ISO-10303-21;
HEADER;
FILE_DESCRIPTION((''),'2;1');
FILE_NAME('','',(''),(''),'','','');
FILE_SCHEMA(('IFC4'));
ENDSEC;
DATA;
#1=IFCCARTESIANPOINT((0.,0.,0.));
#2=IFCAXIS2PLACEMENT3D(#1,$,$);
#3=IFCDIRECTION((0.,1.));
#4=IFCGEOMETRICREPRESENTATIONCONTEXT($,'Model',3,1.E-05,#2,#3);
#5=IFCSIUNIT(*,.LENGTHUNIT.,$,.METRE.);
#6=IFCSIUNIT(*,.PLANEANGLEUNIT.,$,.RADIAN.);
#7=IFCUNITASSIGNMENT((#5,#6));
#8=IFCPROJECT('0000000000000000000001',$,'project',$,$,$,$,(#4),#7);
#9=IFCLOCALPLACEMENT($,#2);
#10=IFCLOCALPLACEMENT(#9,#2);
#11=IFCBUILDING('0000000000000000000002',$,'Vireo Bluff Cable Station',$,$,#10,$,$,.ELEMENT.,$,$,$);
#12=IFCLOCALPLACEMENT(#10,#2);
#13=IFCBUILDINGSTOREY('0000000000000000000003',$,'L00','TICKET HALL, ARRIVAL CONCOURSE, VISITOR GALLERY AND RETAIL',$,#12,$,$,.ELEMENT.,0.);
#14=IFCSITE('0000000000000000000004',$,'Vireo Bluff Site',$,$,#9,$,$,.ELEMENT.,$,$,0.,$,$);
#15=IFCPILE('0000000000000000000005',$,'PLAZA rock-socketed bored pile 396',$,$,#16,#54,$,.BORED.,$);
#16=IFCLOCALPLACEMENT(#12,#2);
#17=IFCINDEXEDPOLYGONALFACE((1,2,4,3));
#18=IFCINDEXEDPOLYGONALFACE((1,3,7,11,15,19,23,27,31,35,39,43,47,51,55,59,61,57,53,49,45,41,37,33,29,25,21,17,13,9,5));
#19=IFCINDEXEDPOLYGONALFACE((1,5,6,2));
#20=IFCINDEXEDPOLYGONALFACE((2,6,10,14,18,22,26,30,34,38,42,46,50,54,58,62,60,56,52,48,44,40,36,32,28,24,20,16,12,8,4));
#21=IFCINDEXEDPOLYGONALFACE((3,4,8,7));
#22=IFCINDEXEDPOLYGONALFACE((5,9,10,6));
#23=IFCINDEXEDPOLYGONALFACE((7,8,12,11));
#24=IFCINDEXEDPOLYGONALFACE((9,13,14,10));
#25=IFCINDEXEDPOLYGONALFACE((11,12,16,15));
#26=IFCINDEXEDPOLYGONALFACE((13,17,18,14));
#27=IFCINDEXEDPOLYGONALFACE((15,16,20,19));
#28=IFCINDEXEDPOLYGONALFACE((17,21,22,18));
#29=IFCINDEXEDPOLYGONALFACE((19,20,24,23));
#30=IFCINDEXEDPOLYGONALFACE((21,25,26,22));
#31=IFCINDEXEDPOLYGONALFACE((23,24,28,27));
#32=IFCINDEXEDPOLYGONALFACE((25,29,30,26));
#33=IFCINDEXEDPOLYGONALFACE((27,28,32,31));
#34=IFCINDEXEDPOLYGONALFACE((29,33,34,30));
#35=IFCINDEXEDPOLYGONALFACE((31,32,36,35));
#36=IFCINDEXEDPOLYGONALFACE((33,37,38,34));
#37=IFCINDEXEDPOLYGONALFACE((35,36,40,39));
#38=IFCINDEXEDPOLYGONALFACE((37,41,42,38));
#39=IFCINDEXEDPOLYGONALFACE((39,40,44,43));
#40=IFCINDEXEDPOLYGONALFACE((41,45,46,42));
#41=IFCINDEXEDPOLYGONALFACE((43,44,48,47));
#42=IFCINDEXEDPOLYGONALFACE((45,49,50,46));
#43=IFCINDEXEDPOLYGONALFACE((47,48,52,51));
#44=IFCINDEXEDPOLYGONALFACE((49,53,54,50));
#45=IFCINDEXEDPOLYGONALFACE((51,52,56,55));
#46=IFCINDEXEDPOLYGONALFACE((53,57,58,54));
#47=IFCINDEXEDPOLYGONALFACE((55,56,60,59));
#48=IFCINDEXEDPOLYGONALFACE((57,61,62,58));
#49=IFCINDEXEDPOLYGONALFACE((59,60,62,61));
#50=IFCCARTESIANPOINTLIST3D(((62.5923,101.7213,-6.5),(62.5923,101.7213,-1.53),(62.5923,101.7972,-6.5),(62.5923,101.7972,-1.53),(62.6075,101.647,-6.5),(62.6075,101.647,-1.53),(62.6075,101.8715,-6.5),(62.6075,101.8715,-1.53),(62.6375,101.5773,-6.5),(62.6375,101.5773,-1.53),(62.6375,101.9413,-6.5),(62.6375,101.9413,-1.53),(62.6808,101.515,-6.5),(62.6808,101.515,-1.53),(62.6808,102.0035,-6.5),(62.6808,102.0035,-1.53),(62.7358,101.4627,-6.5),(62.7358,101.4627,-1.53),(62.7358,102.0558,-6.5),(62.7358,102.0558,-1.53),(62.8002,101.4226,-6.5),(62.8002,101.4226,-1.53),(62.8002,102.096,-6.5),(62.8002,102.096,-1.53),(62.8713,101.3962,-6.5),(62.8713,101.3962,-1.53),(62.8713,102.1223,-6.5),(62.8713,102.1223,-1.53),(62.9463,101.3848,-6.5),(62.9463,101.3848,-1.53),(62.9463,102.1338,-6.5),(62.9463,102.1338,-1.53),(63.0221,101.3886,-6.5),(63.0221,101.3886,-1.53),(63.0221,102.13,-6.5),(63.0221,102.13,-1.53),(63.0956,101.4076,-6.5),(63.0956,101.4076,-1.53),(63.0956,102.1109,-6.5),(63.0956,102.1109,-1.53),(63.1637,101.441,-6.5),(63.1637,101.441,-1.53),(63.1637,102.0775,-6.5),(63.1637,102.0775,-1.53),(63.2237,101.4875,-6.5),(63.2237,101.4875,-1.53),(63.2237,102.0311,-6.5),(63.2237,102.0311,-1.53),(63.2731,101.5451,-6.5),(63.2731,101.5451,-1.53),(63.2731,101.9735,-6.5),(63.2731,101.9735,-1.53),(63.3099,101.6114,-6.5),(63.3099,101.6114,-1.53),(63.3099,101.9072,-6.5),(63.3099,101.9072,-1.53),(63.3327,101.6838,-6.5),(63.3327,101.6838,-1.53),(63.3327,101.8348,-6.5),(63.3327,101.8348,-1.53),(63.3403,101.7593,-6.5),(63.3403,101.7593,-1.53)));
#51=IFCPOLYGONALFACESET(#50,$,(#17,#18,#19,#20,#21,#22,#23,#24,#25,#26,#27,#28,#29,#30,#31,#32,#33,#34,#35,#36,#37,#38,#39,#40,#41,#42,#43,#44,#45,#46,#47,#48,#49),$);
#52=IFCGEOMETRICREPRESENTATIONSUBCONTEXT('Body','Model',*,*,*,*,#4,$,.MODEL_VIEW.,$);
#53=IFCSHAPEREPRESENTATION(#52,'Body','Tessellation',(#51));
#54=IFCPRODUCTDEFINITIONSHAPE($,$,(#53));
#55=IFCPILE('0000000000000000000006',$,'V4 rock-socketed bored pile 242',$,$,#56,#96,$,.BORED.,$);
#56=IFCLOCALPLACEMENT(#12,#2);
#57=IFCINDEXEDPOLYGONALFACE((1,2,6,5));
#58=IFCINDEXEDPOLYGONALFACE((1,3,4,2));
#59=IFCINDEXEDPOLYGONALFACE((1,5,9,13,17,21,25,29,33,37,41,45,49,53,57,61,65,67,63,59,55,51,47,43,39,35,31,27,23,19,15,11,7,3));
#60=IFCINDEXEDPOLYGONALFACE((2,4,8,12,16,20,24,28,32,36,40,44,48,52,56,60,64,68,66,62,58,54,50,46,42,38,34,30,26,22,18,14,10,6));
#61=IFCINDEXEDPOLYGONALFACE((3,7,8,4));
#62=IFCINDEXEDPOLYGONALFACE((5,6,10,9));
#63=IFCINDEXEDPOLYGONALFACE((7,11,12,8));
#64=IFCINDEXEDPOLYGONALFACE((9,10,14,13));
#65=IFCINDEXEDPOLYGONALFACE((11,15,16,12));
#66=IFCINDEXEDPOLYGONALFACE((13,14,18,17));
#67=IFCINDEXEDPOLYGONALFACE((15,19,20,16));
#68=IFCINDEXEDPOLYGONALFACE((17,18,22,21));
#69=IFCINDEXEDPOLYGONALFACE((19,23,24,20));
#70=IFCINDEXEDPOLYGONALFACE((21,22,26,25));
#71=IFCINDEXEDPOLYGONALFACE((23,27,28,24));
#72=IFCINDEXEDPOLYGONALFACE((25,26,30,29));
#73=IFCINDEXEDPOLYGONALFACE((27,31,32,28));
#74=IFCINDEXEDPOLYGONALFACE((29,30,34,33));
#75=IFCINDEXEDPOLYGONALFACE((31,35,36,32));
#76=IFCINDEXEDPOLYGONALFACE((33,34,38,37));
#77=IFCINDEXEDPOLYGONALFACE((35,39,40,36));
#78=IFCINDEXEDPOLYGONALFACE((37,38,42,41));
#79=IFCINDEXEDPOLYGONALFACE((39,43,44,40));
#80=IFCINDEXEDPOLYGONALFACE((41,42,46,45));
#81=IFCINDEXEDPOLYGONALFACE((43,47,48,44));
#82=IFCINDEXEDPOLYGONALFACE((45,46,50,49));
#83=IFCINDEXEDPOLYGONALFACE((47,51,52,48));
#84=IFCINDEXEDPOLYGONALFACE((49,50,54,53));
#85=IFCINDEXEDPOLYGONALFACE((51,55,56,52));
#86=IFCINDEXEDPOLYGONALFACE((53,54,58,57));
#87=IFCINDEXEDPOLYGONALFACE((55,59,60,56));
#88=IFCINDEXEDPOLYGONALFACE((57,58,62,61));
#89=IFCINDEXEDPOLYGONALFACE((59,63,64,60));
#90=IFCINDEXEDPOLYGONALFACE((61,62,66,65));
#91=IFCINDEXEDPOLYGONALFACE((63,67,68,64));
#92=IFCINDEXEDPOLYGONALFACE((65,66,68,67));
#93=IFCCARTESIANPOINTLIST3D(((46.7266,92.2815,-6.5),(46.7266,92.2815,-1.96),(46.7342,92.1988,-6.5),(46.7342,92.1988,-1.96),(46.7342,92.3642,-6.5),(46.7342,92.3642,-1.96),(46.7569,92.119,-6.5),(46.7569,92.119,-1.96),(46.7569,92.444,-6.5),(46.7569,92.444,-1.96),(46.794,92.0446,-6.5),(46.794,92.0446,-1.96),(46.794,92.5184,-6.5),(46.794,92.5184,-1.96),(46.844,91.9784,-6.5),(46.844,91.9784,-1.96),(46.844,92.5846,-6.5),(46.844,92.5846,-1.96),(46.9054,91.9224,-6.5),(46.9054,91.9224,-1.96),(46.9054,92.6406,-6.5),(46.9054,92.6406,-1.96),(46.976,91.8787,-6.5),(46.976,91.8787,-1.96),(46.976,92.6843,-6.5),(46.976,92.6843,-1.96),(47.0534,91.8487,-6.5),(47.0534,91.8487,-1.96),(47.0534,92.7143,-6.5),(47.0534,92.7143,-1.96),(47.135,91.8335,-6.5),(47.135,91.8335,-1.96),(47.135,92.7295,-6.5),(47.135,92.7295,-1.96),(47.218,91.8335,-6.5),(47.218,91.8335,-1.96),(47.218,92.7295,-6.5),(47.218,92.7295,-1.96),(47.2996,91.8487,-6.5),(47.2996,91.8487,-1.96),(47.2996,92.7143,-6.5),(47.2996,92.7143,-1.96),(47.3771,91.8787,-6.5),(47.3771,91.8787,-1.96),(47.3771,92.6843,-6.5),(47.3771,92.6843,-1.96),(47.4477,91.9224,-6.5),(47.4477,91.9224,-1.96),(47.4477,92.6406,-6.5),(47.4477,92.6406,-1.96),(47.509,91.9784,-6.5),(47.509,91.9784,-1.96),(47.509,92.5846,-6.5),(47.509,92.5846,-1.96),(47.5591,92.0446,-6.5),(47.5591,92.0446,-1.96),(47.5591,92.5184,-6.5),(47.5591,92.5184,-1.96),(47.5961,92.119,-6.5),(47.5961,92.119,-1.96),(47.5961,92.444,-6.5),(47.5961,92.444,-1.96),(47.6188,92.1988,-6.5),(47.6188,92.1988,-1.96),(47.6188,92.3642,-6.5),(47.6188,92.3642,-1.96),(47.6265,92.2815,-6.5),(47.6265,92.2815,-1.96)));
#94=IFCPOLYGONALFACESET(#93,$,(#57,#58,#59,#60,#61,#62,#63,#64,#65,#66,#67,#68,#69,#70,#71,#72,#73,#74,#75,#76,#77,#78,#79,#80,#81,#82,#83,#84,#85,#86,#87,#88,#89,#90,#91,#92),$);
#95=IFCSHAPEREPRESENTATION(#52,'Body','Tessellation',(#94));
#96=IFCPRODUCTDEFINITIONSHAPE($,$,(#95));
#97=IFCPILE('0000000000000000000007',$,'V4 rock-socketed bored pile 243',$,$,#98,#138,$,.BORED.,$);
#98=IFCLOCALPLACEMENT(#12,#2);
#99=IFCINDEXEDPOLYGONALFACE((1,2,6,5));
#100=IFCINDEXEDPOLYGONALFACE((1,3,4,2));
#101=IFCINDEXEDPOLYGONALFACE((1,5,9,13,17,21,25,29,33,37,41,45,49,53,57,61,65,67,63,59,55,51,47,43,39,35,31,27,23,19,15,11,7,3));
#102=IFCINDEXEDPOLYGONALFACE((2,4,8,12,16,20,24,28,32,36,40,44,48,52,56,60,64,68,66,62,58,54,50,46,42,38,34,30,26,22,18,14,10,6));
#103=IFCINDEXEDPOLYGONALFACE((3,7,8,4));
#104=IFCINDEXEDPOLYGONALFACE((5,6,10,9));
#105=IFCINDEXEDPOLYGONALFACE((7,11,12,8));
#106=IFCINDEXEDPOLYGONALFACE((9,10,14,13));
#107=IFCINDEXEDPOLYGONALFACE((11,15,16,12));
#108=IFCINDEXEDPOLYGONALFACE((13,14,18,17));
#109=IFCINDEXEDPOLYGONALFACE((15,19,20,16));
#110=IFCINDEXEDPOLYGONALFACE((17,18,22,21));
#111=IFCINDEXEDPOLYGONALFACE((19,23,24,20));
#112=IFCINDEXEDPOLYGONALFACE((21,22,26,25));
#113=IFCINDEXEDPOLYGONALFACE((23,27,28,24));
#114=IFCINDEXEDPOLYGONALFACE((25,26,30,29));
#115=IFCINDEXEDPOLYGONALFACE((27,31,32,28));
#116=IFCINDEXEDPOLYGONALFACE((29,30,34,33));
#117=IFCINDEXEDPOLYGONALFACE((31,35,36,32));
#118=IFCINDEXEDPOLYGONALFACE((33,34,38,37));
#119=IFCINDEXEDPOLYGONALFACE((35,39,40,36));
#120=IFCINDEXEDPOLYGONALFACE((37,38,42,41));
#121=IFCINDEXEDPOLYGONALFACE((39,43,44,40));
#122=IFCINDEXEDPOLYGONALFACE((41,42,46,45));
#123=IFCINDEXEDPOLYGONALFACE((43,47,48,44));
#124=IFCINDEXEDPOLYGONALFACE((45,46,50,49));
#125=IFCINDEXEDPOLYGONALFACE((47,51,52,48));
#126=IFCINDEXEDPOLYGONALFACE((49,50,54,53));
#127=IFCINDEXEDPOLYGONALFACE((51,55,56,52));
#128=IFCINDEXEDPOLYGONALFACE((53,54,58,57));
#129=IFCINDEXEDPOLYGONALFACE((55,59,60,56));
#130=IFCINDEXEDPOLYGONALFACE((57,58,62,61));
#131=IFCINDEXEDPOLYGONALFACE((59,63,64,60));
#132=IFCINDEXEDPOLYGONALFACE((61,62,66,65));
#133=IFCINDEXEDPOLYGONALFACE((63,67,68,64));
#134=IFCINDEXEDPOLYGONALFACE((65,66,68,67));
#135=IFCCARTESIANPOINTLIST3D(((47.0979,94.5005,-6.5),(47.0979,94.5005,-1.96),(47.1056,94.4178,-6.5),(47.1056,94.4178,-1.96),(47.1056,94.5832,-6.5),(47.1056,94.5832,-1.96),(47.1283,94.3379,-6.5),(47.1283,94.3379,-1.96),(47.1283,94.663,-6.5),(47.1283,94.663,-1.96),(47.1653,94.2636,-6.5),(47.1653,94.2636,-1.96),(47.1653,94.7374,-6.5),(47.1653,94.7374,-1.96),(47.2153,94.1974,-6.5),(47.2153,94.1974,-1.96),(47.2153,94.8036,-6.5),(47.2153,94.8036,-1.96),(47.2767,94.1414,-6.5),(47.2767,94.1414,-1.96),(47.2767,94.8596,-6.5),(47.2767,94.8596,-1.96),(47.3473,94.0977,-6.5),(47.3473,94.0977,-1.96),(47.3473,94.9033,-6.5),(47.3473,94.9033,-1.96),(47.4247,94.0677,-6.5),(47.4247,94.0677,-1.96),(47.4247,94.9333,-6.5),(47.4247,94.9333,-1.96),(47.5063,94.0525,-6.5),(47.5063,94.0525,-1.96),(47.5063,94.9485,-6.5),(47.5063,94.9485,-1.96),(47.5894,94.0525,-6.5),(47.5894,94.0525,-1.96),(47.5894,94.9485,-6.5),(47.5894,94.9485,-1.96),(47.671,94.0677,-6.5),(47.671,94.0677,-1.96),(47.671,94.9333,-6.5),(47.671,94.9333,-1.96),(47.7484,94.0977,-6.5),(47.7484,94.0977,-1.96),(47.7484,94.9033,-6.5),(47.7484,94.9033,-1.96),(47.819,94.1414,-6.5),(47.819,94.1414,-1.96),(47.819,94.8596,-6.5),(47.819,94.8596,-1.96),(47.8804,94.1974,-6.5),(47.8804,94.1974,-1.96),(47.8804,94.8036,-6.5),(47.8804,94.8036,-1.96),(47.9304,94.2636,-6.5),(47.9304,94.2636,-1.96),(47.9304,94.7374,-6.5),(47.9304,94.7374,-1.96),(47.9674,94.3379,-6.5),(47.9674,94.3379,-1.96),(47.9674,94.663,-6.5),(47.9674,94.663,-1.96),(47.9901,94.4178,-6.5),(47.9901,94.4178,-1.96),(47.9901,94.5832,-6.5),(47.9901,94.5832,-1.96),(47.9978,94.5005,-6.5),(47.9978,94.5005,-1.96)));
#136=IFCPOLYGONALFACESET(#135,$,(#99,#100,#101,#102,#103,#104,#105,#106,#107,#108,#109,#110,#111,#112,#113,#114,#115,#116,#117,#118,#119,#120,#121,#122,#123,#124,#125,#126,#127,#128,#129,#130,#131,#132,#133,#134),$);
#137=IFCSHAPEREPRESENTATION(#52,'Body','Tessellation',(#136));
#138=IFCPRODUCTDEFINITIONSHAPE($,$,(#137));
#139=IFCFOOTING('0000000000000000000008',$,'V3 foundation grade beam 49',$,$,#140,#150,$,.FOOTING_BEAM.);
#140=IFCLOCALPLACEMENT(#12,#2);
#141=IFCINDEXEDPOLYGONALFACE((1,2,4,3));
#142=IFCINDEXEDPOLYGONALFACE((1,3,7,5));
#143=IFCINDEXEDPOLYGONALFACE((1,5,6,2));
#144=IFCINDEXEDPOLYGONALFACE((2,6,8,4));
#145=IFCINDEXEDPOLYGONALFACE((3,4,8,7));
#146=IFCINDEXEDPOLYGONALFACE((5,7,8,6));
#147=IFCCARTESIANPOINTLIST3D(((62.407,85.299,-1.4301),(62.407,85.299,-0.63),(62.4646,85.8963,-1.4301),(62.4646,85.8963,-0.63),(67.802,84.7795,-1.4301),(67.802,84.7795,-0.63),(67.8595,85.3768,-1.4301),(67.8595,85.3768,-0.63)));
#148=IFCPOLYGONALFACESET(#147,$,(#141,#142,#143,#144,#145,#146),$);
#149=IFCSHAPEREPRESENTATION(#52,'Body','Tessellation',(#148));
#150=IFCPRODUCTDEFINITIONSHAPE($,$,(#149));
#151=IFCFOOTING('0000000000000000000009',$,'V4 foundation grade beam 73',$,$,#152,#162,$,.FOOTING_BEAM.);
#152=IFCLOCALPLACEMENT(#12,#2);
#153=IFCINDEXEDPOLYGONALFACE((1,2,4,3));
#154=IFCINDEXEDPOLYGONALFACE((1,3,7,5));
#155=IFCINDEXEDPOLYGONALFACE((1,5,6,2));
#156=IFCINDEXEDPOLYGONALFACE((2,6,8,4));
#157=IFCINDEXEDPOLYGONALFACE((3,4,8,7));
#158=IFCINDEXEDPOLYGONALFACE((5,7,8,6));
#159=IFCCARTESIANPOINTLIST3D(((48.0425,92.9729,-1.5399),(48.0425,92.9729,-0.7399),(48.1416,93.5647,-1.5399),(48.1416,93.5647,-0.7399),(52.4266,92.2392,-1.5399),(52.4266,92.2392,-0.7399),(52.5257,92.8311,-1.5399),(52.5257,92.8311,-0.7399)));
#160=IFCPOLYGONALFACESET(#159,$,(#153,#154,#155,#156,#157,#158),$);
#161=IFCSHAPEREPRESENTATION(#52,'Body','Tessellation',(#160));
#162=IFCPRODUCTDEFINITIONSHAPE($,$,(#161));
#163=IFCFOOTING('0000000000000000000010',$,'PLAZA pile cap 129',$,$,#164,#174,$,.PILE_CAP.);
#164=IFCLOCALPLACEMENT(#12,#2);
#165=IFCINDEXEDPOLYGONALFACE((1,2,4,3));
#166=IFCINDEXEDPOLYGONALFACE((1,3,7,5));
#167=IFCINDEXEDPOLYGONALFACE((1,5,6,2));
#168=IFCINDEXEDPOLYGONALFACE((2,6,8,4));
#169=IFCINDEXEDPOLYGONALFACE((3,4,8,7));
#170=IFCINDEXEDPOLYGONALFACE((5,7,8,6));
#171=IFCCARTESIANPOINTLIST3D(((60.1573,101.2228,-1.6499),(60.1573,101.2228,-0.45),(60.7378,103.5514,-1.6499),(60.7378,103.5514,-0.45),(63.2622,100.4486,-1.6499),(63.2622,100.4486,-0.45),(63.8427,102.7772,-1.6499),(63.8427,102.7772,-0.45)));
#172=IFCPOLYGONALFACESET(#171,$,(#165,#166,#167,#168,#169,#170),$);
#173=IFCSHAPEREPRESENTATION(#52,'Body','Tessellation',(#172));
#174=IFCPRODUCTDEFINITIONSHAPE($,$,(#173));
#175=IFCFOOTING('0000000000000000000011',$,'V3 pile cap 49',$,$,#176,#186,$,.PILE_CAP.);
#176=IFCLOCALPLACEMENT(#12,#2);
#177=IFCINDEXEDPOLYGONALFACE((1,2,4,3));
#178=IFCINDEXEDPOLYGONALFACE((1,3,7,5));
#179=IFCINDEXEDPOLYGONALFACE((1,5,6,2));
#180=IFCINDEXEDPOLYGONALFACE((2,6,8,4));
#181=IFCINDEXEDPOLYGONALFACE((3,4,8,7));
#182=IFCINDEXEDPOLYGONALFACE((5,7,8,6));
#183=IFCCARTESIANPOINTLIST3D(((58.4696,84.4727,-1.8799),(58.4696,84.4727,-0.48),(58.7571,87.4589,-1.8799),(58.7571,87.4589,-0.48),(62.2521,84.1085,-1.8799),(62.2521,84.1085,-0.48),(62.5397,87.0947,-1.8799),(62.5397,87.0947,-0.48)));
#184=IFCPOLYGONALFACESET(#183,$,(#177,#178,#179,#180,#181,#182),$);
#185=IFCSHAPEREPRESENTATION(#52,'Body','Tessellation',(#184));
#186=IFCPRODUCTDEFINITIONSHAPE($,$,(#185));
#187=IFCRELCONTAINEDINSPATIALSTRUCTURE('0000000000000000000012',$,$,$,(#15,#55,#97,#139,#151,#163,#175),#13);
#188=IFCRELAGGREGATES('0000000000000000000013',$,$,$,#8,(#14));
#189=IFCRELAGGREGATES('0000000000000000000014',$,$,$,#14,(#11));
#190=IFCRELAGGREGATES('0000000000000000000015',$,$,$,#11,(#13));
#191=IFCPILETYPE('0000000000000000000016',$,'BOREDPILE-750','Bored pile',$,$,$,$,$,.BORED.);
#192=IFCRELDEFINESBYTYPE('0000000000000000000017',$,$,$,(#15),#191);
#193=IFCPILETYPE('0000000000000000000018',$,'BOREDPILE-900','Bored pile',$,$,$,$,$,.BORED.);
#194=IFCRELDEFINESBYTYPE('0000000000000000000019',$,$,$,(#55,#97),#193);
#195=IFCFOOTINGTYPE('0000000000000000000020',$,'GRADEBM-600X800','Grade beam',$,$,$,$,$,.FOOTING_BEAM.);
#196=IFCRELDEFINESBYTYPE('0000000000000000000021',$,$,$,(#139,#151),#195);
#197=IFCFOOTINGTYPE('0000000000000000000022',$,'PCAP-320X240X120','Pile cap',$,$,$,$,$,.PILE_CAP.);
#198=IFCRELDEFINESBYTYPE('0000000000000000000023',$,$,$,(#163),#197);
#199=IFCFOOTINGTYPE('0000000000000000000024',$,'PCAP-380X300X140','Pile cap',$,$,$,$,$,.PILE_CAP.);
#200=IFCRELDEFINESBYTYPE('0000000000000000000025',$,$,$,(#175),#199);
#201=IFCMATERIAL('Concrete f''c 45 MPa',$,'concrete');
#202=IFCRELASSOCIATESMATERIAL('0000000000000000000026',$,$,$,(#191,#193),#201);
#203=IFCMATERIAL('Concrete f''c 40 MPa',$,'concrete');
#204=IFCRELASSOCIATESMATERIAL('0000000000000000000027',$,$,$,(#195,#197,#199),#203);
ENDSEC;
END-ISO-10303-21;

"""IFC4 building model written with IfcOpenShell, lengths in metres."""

from ifc_helpers import new_model, si_unit, direction, frame, origin, origin_2d, place, context, subcontext, project, spatial, rectangle, circle, extrude, material, material_profile, profile_set, type_object, element, save


model = new_model("IFC4")

# Units and contexts
model_context = context("Model", 3, precision=1e-05, world=origin(), true_north=direction((0.0, 1.0)))
body_context = subcontext(model_context, "Body", "Model", "MODEL_VIEW")
ifc_project = project(units=[si_unit("LENGTHUNIT", "METRE"), si_unit("PLANEANGLEUNIT", "RADIAN")], contexts=[model_context])

# Site, building, storey
site_placement = place(None, origin())
site = spatial("IfcSite", under=ifc_project, at=site_placement, Name="Vireo Bluff Site", CompositionType="ELEMENT", RefElevation=0.0)
building_placement = place(site_placement, origin())
building = spatial("IfcBuilding", under=site, at=building_placement, Name="Vireo Bluff Cable Station", CompositionType="ELEMENT")
storey_placement = place(building_placement, origin())
storey = spatial("IfcBuildingStorey", under=building, at=storey_placement, Name="L00", Description="TICKET HALL, ARRIVAL CONCOURSE, VISITOR GALLERY AND RETAIL", CompositionType="ELEMENT", Elevation=0.0)

# Piles
ifc_material_1 = material(Name="Concrete f'c 45 MPa", Category="concrete")
ifc_material_profile_1 = material_profile(ifc_material_1, circle(Radius=0.375, at=origin_2d()), Name="BOREDPILE-750")
ifc_profile_set_1 = profile_set([ifc_material_profile_1], Name="Concrete f'c 45 MPa")
pile_type_1 = type_object("IfcPileType", Name="BOREDPILE-750", Description="Bored pile", PredefinedType="BORED", material=ifc_profile_set_1)
for number, where, z_axis, x_axis, name in (
    (1, (62.9653, 101.7593, -1.53), (0.0, 0.0, -1.0), (1.0, 0.0, 0.0), "PLAZA rock-socketed bored pile 396"),
):
    element("IfcPile", number, at=place(storey_placement, frame(where, z_axis=z_axis, x_axis=x_axis)), inside=storey, type_object=pile_type_1, Name=name, PredefinedType="BORED", context=body_context, shape_type="SweptSolid", body=[
        extrude(circle(Radius=0.375, at=origin_2d()), origin(), (0.0, 0.0, 1.0), 4.97),
    ])
ifc_material_profile_2 = material_profile(ifc_material_1, circle(Radius=0.45, at=origin_2d()), Name="BOREDPILE-900")
ifc_profile_set_2 = profile_set([ifc_material_profile_2], Name="Concrete f'c 45 MPa")
pile_type_2 = type_object("IfcPileType", Name="BOREDPILE-900", Description="Bored pile", PredefinedType="BORED", material=ifc_profile_set_2)
for number, where, z_axis, x_axis, name in (
    (2, (47.1765, 92.2815, -1.96), (0.0, 0.0, -1.0), (1.0, 0.0, 0.0), "V4 rock-socketed bored pile 242"),
    (3, (47.5479, 94.5005, -1.96), (0.0, 0.0, -1.0), (1.0, 0.0, 0.0), "V4 rock-socketed bored pile 243"),
):
    element("IfcPile", number, at=place(storey_placement, frame(where, z_axis=z_axis, x_axis=x_axis)), inside=storey, type_object=pile_type_2, Name=name, PredefinedType="BORED", context=body_context, shape_type="SweptSolid", body=[
        extrude(circle(Radius=0.45, at=origin_2d()), origin(), (0.0, 0.0, 1.0), 4.54),
    ])

# Footings
ifc_material_2 = material(Name="Concrete f'c 40 MPa", Category="concrete")
ifc_material_profile_3 = material_profile(ifc_material_2, rectangle(XDim=0.6001, YDim=0.8, at=origin_2d()), Name="GRADEBM-600X800")
ifc_profile_set_3 = profile_set([ifc_material_profile_3], Name="Concrete f'c 40 MPa")
footing_type_1 = type_object("IfcFootingType", Name="GRADEBM-600X800", Description="Grade beam", PredefinedType="FOOTING_BEAM", material=ifc_profile_set_3)
footing_1_placement = place(storey_placement, frame((62.4358, 85.5977, -1.03), z_axis=(0.995395, -0.095855, 0.0), x_axis=(0.095855, 0.995395, 0.0)))
element("IfcFooting", 4, at=footing_1_placement, inside=storey, type_object=footing_type_1, Name="V3 foundation grade beam 49", PredefinedType="FOOTING_BEAM", context=body_context, shape_type="SweptSolid", body=[
    extrude(rectangle(XDim=0.6001, YDim=0.8, at=origin_2d()), origin(), (0.0, 0.0, 1.0), 5.4199),
])
footing_2_placement = place(storey_placement, frame((48.092, 93.2688, -1.1399), z_axis=(0.986285, -0.165049, 0.0), x_axis=(0.165049, 0.986285, 0.0)))
element("IfcFooting", 5, at=footing_2_placement, inside=storey, type_object=footing_type_1, Name="V4 foundation grade beam 73", PredefinedType="FOOTING_BEAM", context=body_context, shape_type="SweptSolid", body=[
    extrude(rectangle(XDim=0.6001, YDim=0.8, at=origin_2d()), origin(), (0.0, 0.0, 1.0), 4.4451),
])
footing_type_2 = type_object("IfcFootingType", Name="PCAP-320X240X120", Description="Pile cap", PredefinedType="PILE_CAP", material=ifc_material_2)
footing_3_placement = place(storey_placement, frame((62.0, 102.0, -1.6499), z_axis=(0.0, 0.0, 1.0), x_axis=(0.970296, -0.241922, 0.0)))
element("IfcFooting", 6, at=footing_3_placement, inside=storey, type_object=footing_type_2, Name="PLAZA pile cap 129", PredefinedType="PILE_CAP", context=body_context, shape_type="SweptSolid", body=[
    extrude(rectangle(XDim=3.2, YDim=2.3999, at=origin_2d()), origin(), (0.0, 0.0, 1.0), 1.2),
])
footing_type_3 = type_object("IfcFootingType", Name="PCAP-380X300X140", Description="Pile cap", PredefinedType="PILE_CAP", material=ifc_material_2)
footing_4_placement = place(storey_placement, frame((60.5046, 85.7837, -1.8799), z_axis=(0.0, 0.0, 1.0), x_axis=(0.995396, -0.095846, 0.0)))
element("IfcFooting", 7, at=footing_4_placement, inside=storey, type_object=footing_type_3, Name="V3 pile cap 49", PredefinedType="PILE_CAP", context=body_context, shape_type="SweptSolid", body=[
    extrude(rectangle(XDim=3.8, YDim=3.0, at=origin_2d()), origin(), (0.0, 0.0, 1.0), 1.3999),
])

save(model, "model.ifc")
